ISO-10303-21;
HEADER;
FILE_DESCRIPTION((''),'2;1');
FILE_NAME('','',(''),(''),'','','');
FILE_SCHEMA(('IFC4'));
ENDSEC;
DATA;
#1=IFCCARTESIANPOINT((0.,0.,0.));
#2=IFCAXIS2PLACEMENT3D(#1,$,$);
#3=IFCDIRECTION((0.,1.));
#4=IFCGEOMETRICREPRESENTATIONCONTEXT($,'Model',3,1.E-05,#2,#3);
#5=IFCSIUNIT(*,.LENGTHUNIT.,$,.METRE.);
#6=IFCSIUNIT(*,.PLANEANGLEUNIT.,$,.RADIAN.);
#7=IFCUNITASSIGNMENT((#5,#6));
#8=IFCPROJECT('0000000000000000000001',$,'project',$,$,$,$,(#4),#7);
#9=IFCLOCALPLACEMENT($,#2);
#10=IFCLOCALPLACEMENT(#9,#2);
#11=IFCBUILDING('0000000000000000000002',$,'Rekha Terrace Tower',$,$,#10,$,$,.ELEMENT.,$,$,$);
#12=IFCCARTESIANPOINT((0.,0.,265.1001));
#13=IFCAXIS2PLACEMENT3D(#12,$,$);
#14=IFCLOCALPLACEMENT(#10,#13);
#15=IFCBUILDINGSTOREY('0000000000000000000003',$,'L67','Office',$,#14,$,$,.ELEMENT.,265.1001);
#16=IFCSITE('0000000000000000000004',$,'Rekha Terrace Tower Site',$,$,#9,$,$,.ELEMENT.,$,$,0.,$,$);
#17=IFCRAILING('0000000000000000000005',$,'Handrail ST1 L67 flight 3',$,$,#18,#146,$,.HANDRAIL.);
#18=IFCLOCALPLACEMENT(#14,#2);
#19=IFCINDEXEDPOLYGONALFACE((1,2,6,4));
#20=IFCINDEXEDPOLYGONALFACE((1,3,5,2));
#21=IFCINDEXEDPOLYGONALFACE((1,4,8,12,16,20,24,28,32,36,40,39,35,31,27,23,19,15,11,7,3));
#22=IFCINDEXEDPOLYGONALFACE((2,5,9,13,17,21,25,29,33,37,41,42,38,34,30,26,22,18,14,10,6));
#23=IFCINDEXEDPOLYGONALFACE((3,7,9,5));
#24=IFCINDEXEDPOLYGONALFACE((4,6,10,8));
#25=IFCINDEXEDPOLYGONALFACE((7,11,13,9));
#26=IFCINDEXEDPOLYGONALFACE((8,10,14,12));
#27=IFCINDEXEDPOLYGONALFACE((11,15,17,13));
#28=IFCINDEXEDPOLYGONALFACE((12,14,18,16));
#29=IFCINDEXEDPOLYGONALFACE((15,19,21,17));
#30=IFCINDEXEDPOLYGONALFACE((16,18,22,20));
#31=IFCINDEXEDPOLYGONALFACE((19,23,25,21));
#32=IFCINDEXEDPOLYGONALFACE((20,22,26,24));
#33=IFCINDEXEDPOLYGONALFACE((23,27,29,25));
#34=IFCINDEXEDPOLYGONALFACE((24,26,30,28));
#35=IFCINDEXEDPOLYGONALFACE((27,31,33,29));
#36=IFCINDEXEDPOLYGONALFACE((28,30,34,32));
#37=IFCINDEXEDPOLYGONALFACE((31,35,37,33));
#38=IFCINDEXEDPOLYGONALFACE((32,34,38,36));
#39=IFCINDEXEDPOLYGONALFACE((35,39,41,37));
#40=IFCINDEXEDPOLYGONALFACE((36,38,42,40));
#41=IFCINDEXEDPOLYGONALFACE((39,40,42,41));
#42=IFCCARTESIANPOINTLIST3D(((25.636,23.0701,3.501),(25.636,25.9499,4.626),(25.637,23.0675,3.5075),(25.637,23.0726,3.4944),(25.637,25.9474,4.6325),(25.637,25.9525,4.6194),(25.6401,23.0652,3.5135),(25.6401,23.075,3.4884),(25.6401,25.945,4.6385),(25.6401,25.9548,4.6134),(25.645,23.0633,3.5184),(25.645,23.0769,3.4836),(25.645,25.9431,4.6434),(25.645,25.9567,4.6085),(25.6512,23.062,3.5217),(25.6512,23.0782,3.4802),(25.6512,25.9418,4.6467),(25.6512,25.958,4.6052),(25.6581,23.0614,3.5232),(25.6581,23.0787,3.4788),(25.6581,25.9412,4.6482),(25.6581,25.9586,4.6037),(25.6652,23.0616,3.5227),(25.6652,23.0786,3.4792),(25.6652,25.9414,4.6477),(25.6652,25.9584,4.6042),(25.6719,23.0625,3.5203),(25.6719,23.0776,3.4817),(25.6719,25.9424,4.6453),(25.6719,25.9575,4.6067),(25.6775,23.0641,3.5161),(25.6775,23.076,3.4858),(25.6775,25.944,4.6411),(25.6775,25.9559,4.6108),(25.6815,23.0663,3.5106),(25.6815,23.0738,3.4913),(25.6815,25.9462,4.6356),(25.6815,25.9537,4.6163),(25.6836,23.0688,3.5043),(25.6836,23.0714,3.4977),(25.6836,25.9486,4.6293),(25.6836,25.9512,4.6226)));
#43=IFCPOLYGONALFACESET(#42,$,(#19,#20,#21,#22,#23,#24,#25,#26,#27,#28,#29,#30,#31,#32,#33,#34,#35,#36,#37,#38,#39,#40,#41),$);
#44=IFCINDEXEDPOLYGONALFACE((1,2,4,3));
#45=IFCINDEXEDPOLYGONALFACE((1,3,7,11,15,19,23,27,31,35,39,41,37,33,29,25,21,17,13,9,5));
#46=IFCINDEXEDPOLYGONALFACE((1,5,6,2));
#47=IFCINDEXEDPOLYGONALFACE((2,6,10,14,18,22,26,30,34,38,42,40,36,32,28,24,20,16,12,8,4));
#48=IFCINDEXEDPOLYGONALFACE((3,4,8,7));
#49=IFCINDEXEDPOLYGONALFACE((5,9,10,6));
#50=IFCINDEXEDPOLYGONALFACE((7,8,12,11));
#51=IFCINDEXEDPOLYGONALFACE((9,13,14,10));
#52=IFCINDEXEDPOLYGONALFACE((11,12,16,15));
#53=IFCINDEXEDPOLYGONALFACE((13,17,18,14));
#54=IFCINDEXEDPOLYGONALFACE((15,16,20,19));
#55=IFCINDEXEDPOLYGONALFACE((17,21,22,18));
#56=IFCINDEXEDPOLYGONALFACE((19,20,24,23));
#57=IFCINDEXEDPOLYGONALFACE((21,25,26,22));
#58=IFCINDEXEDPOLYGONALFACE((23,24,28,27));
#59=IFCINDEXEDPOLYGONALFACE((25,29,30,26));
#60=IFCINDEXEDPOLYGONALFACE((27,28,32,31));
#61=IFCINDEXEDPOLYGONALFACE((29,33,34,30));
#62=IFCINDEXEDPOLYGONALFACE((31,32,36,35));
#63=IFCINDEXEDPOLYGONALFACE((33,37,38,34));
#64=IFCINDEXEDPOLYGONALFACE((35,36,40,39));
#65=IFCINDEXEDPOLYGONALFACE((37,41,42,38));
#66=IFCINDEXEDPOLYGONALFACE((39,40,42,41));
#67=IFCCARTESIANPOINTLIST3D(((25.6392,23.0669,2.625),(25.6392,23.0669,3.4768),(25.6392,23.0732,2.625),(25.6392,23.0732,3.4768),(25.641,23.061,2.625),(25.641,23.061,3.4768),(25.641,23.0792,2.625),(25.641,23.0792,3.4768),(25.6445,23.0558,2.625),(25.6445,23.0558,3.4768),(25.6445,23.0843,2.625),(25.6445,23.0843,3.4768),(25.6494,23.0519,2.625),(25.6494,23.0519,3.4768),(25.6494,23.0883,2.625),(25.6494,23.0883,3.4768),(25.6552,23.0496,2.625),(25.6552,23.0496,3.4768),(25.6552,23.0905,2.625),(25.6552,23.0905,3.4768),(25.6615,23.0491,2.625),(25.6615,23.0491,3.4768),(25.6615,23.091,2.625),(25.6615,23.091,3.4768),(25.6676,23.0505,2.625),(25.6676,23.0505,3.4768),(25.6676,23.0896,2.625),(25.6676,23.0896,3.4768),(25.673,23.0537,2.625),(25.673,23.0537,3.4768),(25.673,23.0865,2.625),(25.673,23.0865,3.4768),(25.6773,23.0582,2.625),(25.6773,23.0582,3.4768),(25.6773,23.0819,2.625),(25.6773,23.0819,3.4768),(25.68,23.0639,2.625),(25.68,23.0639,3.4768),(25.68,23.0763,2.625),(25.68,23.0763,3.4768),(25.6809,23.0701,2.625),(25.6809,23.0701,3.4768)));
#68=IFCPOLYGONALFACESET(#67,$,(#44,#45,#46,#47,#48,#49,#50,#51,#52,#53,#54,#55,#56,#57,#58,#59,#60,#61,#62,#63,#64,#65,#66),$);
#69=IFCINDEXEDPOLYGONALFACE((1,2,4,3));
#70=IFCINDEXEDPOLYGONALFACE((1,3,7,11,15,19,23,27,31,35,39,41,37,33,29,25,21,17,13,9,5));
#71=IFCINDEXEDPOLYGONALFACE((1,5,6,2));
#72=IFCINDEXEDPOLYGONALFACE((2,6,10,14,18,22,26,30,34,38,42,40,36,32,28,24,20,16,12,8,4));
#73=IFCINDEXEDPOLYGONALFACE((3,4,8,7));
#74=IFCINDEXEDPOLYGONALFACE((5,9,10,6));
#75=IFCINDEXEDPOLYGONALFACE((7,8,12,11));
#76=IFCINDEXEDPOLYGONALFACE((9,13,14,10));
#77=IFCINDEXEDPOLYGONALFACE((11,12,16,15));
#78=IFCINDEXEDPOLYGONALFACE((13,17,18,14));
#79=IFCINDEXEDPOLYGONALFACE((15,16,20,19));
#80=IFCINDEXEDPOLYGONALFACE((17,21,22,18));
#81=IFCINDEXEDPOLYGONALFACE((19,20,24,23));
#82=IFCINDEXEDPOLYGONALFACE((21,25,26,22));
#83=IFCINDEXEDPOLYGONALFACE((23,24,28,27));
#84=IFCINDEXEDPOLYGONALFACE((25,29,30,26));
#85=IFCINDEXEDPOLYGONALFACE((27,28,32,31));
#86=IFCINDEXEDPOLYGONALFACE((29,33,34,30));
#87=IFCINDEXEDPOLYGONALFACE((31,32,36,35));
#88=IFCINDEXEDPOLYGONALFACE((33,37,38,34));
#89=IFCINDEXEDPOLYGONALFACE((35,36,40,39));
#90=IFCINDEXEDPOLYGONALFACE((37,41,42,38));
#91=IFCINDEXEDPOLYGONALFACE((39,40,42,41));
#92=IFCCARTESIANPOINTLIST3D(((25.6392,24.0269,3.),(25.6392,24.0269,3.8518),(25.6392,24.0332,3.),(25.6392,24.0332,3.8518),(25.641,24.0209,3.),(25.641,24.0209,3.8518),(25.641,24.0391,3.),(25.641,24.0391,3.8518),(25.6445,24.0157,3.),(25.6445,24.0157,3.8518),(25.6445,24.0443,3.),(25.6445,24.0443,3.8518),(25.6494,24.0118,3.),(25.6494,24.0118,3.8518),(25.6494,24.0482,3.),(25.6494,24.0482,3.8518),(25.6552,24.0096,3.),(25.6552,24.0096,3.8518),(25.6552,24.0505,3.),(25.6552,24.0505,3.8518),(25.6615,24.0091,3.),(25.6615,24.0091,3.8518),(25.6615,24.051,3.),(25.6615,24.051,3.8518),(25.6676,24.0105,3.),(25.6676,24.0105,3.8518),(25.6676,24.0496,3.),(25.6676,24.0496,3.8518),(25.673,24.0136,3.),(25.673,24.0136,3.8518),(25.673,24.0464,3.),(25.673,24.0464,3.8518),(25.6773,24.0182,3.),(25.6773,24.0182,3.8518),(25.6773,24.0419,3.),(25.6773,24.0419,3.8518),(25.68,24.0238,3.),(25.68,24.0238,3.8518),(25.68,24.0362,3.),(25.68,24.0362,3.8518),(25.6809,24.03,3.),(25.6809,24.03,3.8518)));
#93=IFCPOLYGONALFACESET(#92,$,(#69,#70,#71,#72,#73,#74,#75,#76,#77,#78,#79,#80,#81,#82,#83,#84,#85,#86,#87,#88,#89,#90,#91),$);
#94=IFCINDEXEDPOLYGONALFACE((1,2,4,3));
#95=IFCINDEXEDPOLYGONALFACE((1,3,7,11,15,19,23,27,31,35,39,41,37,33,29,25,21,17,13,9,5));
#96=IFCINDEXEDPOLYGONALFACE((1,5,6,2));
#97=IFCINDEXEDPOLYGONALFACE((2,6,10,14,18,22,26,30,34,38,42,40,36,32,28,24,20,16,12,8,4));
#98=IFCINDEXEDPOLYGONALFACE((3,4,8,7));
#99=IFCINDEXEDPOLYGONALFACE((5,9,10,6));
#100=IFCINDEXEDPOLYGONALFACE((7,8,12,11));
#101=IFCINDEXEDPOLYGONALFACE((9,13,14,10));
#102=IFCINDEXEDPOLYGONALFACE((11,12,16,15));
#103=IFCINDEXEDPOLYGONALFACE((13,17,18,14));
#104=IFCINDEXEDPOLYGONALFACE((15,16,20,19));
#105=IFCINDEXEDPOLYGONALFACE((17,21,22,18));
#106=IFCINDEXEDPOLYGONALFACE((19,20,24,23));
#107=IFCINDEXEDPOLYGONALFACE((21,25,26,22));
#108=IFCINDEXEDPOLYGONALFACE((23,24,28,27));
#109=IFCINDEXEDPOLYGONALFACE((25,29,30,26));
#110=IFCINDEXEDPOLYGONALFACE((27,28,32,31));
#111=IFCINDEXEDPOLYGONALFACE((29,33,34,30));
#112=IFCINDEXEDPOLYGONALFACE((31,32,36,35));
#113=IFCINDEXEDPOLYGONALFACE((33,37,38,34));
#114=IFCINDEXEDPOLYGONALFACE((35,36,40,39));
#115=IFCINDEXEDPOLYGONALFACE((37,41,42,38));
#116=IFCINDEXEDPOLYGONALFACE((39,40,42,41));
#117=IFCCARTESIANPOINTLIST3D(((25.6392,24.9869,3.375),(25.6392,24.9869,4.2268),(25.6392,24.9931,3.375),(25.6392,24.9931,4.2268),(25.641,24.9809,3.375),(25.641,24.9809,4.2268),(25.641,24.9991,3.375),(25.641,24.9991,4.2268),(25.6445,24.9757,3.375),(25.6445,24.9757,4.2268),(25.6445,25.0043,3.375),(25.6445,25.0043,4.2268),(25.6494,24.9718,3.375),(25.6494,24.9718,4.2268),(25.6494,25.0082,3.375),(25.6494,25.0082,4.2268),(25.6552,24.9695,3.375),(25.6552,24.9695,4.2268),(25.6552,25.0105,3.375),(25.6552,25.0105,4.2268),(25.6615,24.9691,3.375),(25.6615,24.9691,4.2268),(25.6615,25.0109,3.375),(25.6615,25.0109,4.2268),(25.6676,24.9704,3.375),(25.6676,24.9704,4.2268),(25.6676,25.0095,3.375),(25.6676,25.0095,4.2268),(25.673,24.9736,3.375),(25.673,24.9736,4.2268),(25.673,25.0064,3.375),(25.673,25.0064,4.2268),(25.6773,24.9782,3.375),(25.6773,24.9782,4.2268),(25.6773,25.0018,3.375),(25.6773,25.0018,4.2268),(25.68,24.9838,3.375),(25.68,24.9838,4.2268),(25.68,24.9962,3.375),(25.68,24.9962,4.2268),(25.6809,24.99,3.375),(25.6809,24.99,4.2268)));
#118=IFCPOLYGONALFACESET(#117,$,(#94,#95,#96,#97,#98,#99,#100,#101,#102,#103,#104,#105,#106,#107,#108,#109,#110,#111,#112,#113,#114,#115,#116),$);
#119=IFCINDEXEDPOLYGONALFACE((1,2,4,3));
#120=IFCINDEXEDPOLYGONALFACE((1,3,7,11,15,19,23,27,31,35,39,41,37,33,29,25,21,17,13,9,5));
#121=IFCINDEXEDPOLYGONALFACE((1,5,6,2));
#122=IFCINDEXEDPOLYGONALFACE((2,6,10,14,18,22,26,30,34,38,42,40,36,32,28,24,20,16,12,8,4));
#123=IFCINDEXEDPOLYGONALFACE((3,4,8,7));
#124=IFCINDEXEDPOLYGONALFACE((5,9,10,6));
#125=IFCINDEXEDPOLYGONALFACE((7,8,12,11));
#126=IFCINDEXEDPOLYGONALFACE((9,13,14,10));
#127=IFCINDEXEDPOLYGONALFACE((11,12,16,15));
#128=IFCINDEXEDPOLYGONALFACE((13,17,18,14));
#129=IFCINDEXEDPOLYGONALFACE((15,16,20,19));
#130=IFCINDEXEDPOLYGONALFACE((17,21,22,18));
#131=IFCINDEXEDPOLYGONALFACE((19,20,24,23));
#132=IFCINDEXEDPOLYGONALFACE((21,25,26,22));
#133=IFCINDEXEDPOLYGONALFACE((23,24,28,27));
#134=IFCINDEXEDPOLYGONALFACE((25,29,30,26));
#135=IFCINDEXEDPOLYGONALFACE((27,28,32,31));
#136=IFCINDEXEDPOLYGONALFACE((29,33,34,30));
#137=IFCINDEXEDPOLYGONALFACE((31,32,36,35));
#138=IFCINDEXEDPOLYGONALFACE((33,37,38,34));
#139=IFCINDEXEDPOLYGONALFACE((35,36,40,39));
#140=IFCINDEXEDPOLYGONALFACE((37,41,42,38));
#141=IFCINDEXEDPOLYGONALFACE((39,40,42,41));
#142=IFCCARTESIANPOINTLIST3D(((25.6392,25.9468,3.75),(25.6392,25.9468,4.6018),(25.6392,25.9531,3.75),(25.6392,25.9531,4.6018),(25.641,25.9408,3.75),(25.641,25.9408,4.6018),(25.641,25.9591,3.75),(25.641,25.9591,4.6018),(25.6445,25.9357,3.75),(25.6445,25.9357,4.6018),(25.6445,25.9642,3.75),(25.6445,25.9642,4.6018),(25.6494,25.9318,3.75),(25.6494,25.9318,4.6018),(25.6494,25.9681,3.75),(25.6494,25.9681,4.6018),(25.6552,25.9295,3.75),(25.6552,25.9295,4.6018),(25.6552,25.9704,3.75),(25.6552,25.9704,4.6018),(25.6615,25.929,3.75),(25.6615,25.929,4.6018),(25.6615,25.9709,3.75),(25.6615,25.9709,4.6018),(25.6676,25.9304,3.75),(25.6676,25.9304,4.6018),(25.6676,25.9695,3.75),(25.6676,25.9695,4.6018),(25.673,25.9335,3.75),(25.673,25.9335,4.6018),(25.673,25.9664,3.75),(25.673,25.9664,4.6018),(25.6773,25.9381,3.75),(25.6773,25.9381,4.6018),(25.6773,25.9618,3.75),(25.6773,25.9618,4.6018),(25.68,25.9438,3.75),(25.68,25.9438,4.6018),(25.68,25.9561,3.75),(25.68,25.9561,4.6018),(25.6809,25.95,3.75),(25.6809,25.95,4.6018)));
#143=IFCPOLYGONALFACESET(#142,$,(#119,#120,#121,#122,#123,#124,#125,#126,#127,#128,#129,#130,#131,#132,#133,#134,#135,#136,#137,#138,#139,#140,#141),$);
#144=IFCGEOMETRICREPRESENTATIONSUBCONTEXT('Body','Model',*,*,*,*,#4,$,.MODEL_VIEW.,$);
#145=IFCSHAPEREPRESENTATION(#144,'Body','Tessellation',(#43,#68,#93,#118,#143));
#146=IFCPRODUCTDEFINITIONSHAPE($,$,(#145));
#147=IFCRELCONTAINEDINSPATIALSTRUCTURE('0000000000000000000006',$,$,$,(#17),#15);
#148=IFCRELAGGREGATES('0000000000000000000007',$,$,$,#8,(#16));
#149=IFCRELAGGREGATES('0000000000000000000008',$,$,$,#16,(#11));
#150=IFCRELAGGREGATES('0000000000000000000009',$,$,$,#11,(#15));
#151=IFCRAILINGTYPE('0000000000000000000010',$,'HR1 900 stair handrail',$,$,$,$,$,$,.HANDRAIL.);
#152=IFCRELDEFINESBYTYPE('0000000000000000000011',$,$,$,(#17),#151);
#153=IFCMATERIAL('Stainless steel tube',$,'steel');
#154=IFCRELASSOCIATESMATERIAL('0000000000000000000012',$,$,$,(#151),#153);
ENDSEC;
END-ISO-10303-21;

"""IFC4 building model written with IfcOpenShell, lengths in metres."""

from ifc_helpers import new_model, si_unit, direction, frame, origin, origin_2d, place, context, subcontext, project, spatial, circle, extrude, material, type_object, element, save


model = new_model("IFC4")

# Units and contexts
model_context = context("Model", 3, precision=1e-05, world=origin(), true_north=direction((0.0, 1.0)))
body_context = subcontext(model_context, "Body", "Model", "MODEL_VIEW")
ifc_project = project(units=[si_unit("LENGTHUNIT", "METRE"), si_unit("PLANEANGLEUNIT", "RADIAN")], contexts=[model_context])

# Site, building, storey
site_placement = place(None, origin())
site = spatial("IfcSite", under=ifc_project, at=site_placement, Name="Rekha Terrace Tower Site", CompositionType="ELEMENT", RefElevation=0.0)
building_placement = place(site_placement, origin())
building = spatial("IfcBuilding", under=site, at=building_placement, Name="Rekha Terrace Tower", CompositionType="ELEMENT")
storey_placement = place(building_placement, frame((0.0, 0.0, 265.1001)))
storey = spatial("IfcBuildingStorey", under=building, at=storey_placement, Name="L67", Description="Office", CompositionType="ELEMENT", Elevation=265.1001)

# Railing
ifc_material_1 = material(Name="Stainless steel tube", Category="steel")
railing_type_1 = type_object("IfcRailingType", Name="HR1 900 stair handrail", PredefinedType="HANDRAIL", material=ifc_material_1)
railing_1_placement = place(storey_placement, frame((25.6599, 23.0701, 2.625)))
element("IfcRailing", 1, at=railing_1_placement, inside=storey, type_object=railing_type_1, Name="Handrail ST1 L67 flight 3", PredefinedType="HANDRAIL", context=body_context, shape_type="SweptSolid", body=[
    extrude(circle(Radius=0.0239, at=origin_2d()), frame((0.0, 0.0, 0.876), z_axis=(0.0, 0.931452, 0.363863), x_axis=(-1.0, 0.0, 0.0)), (0.0, 0.0, 1.0), 3.0918),
    extrude(circle(Radius=0.021, at=origin_2d()), origin(), (0.0, 0.0, 1.0), 0.8518),
    extrude(circle(Radius=0.021, at=origin_2d()), frame((0.0, 0.96, 0.375)), (0.0, 0.0, 1.0), 0.8518),
    extrude(circle(Radius=0.021, at=origin_2d()), frame((0.0, 1.9199, 0.75)), (0.0, 0.0, 1.0), 0.8518),
    extrude(circle(Radius=0.021, at=origin_2d()), frame((0.0, 2.8799, 1.125)), (0.0, 0.0, 1.0), 0.8518),
])

save(model, "model.ifc")
